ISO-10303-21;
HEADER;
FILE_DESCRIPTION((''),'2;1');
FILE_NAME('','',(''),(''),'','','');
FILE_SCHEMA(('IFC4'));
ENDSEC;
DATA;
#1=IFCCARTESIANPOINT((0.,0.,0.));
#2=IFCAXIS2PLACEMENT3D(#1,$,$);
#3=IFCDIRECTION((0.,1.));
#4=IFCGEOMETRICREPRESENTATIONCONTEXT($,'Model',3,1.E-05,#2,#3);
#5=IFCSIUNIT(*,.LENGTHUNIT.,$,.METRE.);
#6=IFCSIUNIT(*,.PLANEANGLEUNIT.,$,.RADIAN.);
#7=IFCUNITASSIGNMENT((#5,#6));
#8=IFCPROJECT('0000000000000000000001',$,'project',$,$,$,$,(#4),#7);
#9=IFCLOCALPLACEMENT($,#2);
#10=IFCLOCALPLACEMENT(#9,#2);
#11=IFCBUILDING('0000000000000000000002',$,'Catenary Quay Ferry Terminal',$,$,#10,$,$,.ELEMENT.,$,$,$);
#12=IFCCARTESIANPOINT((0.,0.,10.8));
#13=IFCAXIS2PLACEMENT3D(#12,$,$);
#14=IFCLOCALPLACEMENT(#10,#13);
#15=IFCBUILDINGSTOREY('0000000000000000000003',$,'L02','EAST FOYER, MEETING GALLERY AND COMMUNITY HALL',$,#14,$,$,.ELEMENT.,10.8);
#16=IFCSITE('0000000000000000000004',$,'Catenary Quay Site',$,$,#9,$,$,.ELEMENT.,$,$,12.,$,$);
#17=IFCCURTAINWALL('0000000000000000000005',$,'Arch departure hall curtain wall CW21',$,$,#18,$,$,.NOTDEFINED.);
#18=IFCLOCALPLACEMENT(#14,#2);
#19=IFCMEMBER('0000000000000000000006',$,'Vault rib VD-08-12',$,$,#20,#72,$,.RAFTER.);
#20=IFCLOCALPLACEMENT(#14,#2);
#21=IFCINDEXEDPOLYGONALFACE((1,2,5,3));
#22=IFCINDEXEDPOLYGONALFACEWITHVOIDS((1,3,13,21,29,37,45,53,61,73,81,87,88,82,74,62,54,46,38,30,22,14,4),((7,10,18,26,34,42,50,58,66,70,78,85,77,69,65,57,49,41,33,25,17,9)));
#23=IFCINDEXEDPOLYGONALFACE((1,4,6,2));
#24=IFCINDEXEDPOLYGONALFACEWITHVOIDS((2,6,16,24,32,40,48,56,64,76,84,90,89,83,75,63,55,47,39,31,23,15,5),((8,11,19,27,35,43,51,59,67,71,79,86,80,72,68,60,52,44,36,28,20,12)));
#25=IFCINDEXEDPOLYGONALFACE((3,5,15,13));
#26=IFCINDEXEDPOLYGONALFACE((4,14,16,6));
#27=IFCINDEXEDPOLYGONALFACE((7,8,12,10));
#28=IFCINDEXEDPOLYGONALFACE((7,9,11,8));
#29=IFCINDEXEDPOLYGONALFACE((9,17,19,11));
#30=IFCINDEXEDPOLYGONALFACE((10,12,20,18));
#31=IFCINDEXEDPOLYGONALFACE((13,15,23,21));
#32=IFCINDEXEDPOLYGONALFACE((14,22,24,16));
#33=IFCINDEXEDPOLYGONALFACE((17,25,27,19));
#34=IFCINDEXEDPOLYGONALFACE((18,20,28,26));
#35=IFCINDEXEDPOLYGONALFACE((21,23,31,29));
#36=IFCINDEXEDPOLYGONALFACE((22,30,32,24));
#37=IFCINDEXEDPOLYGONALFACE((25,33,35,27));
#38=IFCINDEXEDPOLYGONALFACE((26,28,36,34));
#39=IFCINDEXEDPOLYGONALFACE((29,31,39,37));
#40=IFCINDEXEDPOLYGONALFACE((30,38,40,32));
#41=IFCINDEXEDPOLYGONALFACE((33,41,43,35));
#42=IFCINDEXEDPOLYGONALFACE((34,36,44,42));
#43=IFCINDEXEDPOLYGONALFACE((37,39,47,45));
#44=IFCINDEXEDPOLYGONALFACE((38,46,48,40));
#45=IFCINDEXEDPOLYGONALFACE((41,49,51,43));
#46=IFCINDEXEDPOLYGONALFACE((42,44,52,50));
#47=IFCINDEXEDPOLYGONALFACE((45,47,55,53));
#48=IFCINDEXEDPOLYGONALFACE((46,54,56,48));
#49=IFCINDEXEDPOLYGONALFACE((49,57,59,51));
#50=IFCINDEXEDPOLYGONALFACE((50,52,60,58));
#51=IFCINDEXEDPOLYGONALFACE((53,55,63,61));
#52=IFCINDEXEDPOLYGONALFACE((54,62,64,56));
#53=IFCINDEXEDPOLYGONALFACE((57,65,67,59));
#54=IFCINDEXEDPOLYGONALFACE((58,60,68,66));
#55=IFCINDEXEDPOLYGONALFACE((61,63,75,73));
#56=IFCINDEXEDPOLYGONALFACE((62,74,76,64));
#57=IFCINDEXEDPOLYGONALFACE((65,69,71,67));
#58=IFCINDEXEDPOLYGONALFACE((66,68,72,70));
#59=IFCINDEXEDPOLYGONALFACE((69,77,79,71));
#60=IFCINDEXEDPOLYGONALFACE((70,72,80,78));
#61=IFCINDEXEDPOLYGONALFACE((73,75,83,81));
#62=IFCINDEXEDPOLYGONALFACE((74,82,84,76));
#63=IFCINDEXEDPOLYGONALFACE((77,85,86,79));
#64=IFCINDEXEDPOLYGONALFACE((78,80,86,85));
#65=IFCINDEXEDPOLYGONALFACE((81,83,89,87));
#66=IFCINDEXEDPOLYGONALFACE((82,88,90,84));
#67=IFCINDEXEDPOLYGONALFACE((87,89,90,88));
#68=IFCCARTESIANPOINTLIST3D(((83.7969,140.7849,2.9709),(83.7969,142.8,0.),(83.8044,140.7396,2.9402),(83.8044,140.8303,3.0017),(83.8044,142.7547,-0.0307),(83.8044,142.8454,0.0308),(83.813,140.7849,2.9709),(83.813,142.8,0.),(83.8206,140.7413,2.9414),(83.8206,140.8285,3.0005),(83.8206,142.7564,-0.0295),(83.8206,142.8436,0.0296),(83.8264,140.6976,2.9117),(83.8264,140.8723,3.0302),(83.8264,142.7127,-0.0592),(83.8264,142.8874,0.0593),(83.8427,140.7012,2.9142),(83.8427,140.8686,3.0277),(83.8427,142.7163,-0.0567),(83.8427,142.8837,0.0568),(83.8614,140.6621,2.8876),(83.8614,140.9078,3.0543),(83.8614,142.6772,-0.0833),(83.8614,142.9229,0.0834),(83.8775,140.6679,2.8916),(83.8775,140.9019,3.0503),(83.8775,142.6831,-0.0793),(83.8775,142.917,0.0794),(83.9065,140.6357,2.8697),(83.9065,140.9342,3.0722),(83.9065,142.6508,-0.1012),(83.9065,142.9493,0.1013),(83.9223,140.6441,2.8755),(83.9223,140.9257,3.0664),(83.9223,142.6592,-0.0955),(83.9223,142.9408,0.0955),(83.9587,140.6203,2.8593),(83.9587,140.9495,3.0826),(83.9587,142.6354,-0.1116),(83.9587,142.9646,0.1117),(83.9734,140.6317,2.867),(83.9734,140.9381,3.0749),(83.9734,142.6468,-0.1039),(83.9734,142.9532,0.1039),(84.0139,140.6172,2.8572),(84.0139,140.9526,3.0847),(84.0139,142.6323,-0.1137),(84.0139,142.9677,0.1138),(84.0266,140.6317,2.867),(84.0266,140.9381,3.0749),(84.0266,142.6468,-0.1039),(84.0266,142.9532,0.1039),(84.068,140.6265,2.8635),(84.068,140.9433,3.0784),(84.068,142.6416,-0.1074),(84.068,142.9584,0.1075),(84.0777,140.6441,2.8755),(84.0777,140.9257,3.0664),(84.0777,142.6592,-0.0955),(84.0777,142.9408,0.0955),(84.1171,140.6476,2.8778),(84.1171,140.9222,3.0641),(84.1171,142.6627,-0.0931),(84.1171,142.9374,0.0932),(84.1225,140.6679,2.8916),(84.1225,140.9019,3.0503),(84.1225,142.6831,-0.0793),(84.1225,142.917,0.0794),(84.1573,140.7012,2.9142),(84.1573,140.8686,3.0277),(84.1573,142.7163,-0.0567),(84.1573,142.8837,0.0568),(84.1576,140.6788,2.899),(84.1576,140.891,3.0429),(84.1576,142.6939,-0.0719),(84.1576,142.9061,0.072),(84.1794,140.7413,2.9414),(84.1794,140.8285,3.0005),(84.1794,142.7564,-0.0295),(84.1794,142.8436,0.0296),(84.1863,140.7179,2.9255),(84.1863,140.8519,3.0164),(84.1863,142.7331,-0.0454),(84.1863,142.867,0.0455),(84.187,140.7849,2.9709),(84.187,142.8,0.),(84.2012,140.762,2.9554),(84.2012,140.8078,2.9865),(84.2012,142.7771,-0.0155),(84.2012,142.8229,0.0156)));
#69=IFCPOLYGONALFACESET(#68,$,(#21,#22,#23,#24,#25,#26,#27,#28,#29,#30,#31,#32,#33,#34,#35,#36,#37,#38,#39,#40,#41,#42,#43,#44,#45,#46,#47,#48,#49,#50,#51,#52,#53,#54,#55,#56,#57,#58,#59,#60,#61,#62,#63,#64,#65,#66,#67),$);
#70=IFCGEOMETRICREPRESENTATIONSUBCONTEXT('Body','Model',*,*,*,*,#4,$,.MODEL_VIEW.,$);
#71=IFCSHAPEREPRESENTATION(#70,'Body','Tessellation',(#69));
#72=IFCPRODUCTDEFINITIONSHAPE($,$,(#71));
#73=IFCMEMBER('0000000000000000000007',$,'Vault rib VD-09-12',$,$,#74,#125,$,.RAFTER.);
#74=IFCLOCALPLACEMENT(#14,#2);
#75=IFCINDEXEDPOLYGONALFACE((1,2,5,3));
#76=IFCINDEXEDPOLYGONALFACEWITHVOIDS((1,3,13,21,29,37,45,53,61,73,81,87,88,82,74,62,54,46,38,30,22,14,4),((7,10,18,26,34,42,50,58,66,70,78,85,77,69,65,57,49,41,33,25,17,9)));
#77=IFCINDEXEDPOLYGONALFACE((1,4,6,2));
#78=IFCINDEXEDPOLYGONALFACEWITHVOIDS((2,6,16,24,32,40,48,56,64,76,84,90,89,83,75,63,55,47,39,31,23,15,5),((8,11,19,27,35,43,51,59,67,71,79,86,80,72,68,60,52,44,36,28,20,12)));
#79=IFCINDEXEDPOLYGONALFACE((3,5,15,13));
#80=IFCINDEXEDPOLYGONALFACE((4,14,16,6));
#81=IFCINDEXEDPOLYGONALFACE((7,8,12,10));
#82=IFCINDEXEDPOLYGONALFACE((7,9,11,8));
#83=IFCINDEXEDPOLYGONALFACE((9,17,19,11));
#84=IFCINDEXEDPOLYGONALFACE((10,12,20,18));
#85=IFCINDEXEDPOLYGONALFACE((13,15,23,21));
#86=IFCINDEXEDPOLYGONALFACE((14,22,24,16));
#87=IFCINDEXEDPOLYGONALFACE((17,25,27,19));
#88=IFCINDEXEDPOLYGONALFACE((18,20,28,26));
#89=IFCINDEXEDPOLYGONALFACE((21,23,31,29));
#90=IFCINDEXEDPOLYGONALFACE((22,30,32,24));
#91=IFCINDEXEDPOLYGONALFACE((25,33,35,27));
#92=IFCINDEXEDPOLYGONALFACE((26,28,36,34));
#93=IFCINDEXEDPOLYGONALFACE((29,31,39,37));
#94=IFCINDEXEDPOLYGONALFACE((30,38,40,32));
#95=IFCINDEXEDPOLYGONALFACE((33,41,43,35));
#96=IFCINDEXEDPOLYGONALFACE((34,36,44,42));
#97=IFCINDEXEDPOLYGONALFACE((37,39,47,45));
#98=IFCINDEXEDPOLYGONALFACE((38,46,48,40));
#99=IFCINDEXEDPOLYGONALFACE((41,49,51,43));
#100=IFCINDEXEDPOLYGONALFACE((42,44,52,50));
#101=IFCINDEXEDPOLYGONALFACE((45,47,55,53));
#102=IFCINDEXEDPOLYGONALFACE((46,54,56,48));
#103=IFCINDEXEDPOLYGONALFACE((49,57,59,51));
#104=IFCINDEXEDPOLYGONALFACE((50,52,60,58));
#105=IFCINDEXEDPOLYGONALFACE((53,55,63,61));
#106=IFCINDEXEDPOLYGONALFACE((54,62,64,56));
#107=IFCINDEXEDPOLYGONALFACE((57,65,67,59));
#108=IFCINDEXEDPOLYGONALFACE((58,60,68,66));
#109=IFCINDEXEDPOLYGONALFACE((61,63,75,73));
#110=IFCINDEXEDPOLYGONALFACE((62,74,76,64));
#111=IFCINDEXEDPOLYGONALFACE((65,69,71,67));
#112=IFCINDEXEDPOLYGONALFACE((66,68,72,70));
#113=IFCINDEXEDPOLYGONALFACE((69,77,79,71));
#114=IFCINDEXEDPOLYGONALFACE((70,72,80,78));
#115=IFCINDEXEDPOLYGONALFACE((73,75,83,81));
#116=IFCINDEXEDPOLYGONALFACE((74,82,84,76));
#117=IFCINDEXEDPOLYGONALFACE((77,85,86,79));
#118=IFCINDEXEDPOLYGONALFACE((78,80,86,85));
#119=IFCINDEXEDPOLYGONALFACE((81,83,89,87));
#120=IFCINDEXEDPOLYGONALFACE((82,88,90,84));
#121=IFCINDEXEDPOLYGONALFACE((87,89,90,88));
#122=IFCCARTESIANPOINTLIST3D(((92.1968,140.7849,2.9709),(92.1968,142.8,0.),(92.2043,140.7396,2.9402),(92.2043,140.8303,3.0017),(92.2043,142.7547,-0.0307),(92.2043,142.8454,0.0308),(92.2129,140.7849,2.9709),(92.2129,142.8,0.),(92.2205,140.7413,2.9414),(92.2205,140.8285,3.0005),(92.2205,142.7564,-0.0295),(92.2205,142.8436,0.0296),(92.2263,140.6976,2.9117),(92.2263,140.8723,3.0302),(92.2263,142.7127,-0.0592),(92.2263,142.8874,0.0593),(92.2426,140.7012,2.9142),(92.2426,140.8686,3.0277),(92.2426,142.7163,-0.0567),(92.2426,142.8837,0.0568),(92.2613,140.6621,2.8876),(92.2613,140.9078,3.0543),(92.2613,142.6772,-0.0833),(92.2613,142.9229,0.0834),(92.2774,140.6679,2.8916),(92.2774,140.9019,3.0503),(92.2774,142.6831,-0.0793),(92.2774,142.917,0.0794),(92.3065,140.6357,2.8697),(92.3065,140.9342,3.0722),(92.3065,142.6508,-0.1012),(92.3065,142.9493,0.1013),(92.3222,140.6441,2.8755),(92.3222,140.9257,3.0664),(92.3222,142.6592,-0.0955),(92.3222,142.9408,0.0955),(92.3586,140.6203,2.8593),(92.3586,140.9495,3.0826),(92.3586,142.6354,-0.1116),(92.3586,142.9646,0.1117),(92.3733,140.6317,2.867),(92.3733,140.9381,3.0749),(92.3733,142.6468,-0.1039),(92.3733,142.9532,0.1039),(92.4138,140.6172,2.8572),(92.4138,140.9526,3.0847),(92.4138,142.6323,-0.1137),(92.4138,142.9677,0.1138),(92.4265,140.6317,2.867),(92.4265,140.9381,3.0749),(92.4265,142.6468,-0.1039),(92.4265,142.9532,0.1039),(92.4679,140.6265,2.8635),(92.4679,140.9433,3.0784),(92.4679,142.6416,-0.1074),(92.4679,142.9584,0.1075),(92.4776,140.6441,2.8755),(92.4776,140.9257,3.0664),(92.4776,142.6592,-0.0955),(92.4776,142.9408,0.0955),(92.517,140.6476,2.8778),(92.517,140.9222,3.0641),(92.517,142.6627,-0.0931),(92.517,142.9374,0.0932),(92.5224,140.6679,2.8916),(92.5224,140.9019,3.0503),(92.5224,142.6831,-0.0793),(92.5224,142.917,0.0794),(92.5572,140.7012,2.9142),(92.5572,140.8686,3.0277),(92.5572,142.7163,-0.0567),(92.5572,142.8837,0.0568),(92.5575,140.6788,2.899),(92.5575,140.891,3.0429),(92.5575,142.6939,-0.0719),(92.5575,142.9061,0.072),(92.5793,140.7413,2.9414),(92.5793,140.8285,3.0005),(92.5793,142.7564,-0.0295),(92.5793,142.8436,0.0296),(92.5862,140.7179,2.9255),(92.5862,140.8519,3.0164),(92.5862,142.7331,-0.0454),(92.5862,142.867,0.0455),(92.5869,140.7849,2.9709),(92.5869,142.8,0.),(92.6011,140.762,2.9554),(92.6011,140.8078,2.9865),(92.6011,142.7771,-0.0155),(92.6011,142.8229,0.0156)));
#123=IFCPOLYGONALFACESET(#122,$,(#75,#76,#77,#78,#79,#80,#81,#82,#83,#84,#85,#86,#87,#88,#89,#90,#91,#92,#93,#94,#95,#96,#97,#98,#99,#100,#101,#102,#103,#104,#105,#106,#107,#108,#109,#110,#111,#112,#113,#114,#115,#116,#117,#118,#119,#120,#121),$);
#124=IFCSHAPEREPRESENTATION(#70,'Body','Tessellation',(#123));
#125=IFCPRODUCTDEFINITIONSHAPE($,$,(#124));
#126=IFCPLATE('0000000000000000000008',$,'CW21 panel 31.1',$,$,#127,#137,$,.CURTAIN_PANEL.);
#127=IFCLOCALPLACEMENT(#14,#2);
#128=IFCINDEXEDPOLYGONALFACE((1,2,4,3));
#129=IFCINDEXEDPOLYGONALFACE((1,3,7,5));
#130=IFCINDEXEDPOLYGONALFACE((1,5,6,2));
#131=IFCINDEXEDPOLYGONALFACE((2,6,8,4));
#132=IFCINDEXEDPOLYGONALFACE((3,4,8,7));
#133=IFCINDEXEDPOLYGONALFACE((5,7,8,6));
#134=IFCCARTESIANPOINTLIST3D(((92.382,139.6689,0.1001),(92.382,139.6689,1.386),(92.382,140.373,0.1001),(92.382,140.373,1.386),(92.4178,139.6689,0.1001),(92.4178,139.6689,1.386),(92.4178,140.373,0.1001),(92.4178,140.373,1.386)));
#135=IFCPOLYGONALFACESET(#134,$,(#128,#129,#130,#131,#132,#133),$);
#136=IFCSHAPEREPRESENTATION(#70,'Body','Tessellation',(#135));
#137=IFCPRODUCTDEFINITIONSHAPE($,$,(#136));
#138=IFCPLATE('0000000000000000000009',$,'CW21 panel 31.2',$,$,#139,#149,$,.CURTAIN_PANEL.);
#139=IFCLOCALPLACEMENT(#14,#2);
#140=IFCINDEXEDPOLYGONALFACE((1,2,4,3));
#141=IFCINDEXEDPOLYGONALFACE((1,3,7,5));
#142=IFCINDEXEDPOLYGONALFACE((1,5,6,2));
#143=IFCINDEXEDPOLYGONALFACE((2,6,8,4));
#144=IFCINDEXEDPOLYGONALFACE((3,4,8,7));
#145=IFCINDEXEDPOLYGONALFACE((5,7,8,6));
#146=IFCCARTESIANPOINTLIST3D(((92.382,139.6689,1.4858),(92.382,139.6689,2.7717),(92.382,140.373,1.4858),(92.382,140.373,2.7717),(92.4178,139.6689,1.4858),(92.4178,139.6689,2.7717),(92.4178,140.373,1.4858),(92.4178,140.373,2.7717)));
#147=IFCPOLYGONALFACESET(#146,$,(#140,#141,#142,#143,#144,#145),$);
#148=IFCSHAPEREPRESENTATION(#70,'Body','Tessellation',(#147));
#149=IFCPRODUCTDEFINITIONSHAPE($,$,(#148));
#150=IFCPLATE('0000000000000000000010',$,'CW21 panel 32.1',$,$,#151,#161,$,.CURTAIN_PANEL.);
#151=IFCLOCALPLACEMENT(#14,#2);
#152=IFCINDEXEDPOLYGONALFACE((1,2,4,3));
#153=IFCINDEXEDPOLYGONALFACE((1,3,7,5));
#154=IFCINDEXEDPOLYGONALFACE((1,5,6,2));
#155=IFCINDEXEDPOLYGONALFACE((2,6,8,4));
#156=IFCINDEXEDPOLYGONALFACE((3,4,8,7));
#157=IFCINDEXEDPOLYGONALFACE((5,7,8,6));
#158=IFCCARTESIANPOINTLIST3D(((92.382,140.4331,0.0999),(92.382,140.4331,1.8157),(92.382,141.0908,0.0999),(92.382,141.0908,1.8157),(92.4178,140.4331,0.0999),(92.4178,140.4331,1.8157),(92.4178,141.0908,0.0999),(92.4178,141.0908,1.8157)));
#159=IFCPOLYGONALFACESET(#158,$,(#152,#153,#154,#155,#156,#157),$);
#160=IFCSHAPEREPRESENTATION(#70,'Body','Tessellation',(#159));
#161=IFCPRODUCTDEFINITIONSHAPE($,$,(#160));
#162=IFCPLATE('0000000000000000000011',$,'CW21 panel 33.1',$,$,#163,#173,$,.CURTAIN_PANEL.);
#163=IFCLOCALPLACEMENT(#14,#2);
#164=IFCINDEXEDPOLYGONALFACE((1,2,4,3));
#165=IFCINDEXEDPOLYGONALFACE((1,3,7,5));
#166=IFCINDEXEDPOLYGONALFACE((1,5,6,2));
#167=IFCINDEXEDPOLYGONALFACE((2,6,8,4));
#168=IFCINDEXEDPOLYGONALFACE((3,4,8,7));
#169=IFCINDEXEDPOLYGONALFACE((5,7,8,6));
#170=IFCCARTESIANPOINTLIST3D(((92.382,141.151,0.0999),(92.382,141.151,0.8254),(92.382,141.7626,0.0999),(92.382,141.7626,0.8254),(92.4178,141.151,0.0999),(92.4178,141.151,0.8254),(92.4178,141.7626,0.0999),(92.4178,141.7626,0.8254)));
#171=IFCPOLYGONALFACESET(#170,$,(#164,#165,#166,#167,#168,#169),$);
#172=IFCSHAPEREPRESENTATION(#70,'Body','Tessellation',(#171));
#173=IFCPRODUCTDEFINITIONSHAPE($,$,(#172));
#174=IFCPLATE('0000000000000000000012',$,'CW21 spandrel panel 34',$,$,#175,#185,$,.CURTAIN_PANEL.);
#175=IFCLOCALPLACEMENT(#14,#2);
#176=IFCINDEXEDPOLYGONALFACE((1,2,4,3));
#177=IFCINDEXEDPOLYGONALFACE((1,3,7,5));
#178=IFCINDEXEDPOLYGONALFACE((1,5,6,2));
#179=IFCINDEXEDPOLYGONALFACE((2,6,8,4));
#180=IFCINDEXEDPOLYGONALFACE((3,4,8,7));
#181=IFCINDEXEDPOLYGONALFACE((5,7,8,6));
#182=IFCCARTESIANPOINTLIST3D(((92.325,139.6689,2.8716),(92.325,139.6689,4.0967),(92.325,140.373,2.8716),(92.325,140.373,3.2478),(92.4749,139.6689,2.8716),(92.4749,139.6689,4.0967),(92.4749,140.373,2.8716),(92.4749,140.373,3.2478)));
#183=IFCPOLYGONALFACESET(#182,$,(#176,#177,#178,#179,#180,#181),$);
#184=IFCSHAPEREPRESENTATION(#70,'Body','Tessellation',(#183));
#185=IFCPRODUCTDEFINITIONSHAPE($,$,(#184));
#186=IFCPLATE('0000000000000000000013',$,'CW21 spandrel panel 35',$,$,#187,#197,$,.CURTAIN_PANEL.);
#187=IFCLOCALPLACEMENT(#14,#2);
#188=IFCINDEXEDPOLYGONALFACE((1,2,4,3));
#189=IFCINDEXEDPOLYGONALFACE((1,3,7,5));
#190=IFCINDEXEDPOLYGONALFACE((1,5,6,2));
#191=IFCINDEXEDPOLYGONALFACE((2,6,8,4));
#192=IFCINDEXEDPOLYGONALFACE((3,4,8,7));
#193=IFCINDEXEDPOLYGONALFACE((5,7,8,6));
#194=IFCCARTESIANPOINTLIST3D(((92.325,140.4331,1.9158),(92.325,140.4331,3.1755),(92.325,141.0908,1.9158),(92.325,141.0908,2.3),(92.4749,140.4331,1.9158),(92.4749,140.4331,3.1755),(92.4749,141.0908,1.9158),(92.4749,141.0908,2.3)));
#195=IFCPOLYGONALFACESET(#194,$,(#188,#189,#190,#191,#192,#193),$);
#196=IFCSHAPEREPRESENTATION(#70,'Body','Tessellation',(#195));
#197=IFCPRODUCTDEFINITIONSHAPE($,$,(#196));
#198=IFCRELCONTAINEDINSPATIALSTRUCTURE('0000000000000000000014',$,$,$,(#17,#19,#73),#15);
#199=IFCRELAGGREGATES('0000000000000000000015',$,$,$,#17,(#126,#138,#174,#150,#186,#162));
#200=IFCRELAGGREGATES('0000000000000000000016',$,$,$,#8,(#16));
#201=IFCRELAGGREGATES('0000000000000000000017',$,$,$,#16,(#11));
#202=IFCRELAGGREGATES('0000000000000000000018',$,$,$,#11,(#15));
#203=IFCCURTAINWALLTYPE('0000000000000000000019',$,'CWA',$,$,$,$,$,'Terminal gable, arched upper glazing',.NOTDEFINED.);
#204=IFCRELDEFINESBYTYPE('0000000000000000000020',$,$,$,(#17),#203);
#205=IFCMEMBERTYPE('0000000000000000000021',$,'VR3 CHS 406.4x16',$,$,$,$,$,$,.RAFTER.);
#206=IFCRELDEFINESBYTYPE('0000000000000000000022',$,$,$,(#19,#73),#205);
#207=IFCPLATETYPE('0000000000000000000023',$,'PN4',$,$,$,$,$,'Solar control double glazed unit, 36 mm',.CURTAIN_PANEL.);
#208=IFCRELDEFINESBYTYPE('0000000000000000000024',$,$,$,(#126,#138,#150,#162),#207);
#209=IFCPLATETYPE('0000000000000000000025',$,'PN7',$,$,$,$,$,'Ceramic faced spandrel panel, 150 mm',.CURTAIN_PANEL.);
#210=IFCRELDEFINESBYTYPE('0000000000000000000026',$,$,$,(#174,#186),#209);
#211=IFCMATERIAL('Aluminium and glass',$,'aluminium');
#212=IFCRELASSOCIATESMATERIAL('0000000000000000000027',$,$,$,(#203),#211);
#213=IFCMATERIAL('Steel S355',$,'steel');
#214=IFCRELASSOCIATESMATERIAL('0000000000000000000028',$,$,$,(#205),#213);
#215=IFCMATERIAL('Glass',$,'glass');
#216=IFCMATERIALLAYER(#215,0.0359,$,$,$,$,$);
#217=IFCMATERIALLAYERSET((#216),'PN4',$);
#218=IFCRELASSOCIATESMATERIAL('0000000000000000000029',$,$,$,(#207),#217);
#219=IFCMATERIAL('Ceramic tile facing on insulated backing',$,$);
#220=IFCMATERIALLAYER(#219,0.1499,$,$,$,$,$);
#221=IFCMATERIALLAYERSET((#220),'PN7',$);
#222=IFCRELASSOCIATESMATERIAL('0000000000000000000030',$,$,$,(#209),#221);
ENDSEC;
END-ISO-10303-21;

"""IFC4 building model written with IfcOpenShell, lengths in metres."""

from ifc_helpers import new_model, si_unit, direction, frame, origin, origin_2d, place, context, subcontext, project, spatial, polyline, rectangle, hollow_circle, outline, extrude, material, layer, layer_set, material_profile, profile_set, type_object, element, aggregate, save


model = new_model("IFC4")

# Units and contexts
model_context = context("Model", 3, precision=1e-05, world=origin(), true_north=direction((0.0, 1.0)))
body_context = subcontext(model_context, "Body", "Model", "MODEL_VIEW")
ifc_project = project(units=[si_unit("LENGTHUNIT", "METRE"), si_unit("PLANEANGLEUNIT", "RADIAN")], contexts=[model_context])

# Site, building, storey
site_placement = place(None, origin())
site = spatial("IfcSite", under=ifc_project, at=site_placement, Name="Catenary Quay Site", CompositionType="ELEMENT", RefElevation=12.0)
building_placement = place(site_placement, origin())
building = spatial("IfcBuilding", under=site, at=building_placement, Name="Catenary Quay Ferry Terminal", CompositionType="ELEMENT")
storey_placement = place(building_placement, frame((0.0, 0.0, 10.8)))
storey = spatial("IfcBuildingStorey", under=building, at=storey_placement, Name="L02", Description="EAST FOYER, MEETING GALLERY AND COMMUNITY HALL", CompositionType="ELEMENT", Elevation=10.8)

# Curtain wall
ifc_material_1 = material(Name="Aluminium and glass", Category="aluminium")
curtain_wall_type_1 = type_object("IfcCurtainWallType", Name="CWA", ElementType="Terminal gable, arched upper glazing", PredefinedType="NOTDEFINED", material=ifc_material_1)
curtain_wall_1_placement = place(storey_placement, origin())
curtain_wall_1 = element("IfcCurtainWall", 1, at=curtain_wall_1_placement, inside=storey, type_object=curtain_wall_type_1, Name="Arch departure hall curtain wall CW21", PredefinedType="NOTDEFINED")

# Members
ifc_material_2 = material(Name="Steel S355", Category="steel")
ifc_material_profile_1 = material_profile(ifc_material_2, hollow_circle(Radius=0.2031, WallThickness=0.0161, at=origin_2d()), Name="CHS 406.4x16")
ifc_profile_set_1 = profile_set([ifc_material_profile_1], Name="Steel S355")
member_type_1 = type_object("IfcMemberType", Name="VR3 CHS 406.4x16", PredefinedType="RAFTER", material=ifc_profile_set_1)
for number, where, z_axis, x_axis, name in (
    (2, (84.0, 140.7849, 2.9709), (0.0, 0.561337, -0.827587), (-1.0, 0.0, 0.0), "Vault rib VD-08-12"),
    (3, (92.3999, 140.7849, 2.9709), (0.0, 0.561337, -0.827587), (-1.0, 0.0, 0.0), "Vault rib VD-09-12"),
):
    element("IfcMember", number, at=place(storey_placement, frame(where, z_axis=z_axis, x_axis=x_axis)), inside=storey, type_object=member_type_1, Name=name, PredefinedType="RAFTER", context=body_context, shape_type="SweptSolid", body=[
        extrude(hollow_circle(Radius=0.2031, WallThickness=0.0161, at=origin_2d()), origin(), (0.0, 0.0, 1.0), 3.5898),
    ])

# Plates
ifc_material_3 = material(Name="Glass", Category="glass")
ifc_layer_1 = layer(ifc_material_3, 0.0359)
ifc_layer_set_1 = layer_set([ifc_layer_1], Name="PN4")
plate_type_1 = type_object("IfcPlateType", Name="PN4", ElementType="Solar control double glazed unit, 36 mm", PredefinedType="CURTAIN_PANEL", material=ifc_layer_set_1)
plate_1_placement = place(storey_placement, frame((92.3999, 140.021, 0.1001), z_axis=(0.0, 0.0, 1.0), x_axis=(0.0, 1.0, 0.0)))
plate_1 = element("IfcPlate", 4, at=plate_1_placement, type_object=plate_type_1, Name="CW21 panel 31.1", PredefinedType="CURTAIN_PANEL", context=body_context, shape_type="SweptSolid", body=[
    extrude(rectangle(XDim=0.7041, YDim=0.0359, at=origin_2d()), origin(), (0.0, 0.0, 1.0), 1.2859),
])
plate_2_placement = place(storey_placement, frame((92.3999, 140.021, 1.4858), z_axis=(0.0, 0.0, 1.0), x_axis=(0.0, 1.0, 0.0)))
plate_2 = element("IfcPlate", 5, at=plate_2_placement, type_object=plate_type_1, Name="CW21 panel 31.2", PredefinedType="CURTAIN_PANEL", context=body_context, shape_type="SweptSolid", body=[
    extrude(rectangle(XDim=0.7041, YDim=0.0359, at=origin_2d()), origin(), (0.0, 0.0, 1.0), 1.2859),
])
plate_3_placement = place(storey_placement, frame((92.3999, 140.762, 0.0999), z_axis=(0.0, 0.0, 1.0), x_axis=(0.0, 1.0, 0.0)))
plate_3 = element("IfcPlate", 6, at=plate_3_placement, type_object=plate_type_1, Name="CW21 panel 32.1", PredefinedType="CURTAIN_PANEL", context=body_context, shape_type="SweptSolid", body=[
    extrude(rectangle(XDim=0.6577, YDim=0.0359, at=origin_2d()), origin(), (0.0, 0.0, 1.0), 1.7158),
])
plate_4_placement = place(storey_placement, frame((92.3999, 141.4568, 0.0999), z_axis=(0.0, 0.0, 1.0), x_axis=(0.0, 1.0, 0.0)))
plate_4 = element("IfcPlate", 7, at=plate_4_placement, type_object=plate_type_1, Name="CW21 panel 33.1", PredefinedType="CURTAIN_PANEL", context=body_context, shape_type="SweptSolid", body=[
    extrude(rectangle(XDim=0.6116, YDim=0.0359, at=origin_2d()), origin(), (0.0, 0.0, 1.0), 0.7256),
])
ifc_material_4 = material(Name="Ceramic tile facing on insulated backing")
ifc_layer_2 = layer(ifc_material_4, 0.1499)
ifc_layer_set_2 = layer_set([ifc_layer_2], Name="PN7")
plate_type_2 = type_object("IfcPlateType", Name="PN7", ElementType="Ceramic faced spandrel panel, 150 mm", PredefinedType="CURTAIN_PANEL", material=ifc_layer_set_2)
plate_5_placement = place(storey_placement, frame((92.3999, 139.6689, 2.8716), z_axis=(0.0, 0.0, 1.0), x_axis=(0.0, 1.0, 0.0)))
plate_5 = element("IfcPlate", 8, at=plate_5_placement, type_object=plate_type_2, Name="CW21 spandrel panel 34", PredefinedType="CURTAIN_PANEL", context=body_context, shape_type="SweptSolid", body=[
    extrude(outline(polyline([(0.0, 0.0), (0.7041, 0.0), (0.7041, 0.3762), (0.0, 1.2251), (0.0, 0.0)])), frame((0.0, 0.075, 0.0), z_axis=(0.0, -1.0, 0.0), x_axis=(1.0, 0.0, 0.0)), (0.0, 0.0, 1.0), 0.1499),
])
plate_6_placement = place(storey_placement, frame((92.3999, 140.4331, 1.9158), z_axis=(0.0, 0.0, 1.0), x_axis=(0.0, 1.0, 0.0)))
plate_6 = element("IfcPlate", 9, at=plate_6_placement, type_object=plate_type_2, Name="CW21 spandrel panel 35", PredefinedType="CURTAIN_PANEL", context=body_context, shape_type="SweptSolid", body=[
    extrude(outline(polyline([(0.0, 0.0), (0.6577, 0.0), (0.6577, 0.3843), (0.0, 1.2598), (0.0, 0.0)])), frame((0.0, 0.075, 0.0), z_axis=(0.0, -1.0, 0.0), x_axis=(1.0, 0.0, 0.0)), (0.0, 0.0, 1.0), 0.1499),
])
aggregate(curtain_wall_1, [plate_1, plate_2, plate_5, plate_3, plate_6, plate_4])

save(model, "model.ifc")
